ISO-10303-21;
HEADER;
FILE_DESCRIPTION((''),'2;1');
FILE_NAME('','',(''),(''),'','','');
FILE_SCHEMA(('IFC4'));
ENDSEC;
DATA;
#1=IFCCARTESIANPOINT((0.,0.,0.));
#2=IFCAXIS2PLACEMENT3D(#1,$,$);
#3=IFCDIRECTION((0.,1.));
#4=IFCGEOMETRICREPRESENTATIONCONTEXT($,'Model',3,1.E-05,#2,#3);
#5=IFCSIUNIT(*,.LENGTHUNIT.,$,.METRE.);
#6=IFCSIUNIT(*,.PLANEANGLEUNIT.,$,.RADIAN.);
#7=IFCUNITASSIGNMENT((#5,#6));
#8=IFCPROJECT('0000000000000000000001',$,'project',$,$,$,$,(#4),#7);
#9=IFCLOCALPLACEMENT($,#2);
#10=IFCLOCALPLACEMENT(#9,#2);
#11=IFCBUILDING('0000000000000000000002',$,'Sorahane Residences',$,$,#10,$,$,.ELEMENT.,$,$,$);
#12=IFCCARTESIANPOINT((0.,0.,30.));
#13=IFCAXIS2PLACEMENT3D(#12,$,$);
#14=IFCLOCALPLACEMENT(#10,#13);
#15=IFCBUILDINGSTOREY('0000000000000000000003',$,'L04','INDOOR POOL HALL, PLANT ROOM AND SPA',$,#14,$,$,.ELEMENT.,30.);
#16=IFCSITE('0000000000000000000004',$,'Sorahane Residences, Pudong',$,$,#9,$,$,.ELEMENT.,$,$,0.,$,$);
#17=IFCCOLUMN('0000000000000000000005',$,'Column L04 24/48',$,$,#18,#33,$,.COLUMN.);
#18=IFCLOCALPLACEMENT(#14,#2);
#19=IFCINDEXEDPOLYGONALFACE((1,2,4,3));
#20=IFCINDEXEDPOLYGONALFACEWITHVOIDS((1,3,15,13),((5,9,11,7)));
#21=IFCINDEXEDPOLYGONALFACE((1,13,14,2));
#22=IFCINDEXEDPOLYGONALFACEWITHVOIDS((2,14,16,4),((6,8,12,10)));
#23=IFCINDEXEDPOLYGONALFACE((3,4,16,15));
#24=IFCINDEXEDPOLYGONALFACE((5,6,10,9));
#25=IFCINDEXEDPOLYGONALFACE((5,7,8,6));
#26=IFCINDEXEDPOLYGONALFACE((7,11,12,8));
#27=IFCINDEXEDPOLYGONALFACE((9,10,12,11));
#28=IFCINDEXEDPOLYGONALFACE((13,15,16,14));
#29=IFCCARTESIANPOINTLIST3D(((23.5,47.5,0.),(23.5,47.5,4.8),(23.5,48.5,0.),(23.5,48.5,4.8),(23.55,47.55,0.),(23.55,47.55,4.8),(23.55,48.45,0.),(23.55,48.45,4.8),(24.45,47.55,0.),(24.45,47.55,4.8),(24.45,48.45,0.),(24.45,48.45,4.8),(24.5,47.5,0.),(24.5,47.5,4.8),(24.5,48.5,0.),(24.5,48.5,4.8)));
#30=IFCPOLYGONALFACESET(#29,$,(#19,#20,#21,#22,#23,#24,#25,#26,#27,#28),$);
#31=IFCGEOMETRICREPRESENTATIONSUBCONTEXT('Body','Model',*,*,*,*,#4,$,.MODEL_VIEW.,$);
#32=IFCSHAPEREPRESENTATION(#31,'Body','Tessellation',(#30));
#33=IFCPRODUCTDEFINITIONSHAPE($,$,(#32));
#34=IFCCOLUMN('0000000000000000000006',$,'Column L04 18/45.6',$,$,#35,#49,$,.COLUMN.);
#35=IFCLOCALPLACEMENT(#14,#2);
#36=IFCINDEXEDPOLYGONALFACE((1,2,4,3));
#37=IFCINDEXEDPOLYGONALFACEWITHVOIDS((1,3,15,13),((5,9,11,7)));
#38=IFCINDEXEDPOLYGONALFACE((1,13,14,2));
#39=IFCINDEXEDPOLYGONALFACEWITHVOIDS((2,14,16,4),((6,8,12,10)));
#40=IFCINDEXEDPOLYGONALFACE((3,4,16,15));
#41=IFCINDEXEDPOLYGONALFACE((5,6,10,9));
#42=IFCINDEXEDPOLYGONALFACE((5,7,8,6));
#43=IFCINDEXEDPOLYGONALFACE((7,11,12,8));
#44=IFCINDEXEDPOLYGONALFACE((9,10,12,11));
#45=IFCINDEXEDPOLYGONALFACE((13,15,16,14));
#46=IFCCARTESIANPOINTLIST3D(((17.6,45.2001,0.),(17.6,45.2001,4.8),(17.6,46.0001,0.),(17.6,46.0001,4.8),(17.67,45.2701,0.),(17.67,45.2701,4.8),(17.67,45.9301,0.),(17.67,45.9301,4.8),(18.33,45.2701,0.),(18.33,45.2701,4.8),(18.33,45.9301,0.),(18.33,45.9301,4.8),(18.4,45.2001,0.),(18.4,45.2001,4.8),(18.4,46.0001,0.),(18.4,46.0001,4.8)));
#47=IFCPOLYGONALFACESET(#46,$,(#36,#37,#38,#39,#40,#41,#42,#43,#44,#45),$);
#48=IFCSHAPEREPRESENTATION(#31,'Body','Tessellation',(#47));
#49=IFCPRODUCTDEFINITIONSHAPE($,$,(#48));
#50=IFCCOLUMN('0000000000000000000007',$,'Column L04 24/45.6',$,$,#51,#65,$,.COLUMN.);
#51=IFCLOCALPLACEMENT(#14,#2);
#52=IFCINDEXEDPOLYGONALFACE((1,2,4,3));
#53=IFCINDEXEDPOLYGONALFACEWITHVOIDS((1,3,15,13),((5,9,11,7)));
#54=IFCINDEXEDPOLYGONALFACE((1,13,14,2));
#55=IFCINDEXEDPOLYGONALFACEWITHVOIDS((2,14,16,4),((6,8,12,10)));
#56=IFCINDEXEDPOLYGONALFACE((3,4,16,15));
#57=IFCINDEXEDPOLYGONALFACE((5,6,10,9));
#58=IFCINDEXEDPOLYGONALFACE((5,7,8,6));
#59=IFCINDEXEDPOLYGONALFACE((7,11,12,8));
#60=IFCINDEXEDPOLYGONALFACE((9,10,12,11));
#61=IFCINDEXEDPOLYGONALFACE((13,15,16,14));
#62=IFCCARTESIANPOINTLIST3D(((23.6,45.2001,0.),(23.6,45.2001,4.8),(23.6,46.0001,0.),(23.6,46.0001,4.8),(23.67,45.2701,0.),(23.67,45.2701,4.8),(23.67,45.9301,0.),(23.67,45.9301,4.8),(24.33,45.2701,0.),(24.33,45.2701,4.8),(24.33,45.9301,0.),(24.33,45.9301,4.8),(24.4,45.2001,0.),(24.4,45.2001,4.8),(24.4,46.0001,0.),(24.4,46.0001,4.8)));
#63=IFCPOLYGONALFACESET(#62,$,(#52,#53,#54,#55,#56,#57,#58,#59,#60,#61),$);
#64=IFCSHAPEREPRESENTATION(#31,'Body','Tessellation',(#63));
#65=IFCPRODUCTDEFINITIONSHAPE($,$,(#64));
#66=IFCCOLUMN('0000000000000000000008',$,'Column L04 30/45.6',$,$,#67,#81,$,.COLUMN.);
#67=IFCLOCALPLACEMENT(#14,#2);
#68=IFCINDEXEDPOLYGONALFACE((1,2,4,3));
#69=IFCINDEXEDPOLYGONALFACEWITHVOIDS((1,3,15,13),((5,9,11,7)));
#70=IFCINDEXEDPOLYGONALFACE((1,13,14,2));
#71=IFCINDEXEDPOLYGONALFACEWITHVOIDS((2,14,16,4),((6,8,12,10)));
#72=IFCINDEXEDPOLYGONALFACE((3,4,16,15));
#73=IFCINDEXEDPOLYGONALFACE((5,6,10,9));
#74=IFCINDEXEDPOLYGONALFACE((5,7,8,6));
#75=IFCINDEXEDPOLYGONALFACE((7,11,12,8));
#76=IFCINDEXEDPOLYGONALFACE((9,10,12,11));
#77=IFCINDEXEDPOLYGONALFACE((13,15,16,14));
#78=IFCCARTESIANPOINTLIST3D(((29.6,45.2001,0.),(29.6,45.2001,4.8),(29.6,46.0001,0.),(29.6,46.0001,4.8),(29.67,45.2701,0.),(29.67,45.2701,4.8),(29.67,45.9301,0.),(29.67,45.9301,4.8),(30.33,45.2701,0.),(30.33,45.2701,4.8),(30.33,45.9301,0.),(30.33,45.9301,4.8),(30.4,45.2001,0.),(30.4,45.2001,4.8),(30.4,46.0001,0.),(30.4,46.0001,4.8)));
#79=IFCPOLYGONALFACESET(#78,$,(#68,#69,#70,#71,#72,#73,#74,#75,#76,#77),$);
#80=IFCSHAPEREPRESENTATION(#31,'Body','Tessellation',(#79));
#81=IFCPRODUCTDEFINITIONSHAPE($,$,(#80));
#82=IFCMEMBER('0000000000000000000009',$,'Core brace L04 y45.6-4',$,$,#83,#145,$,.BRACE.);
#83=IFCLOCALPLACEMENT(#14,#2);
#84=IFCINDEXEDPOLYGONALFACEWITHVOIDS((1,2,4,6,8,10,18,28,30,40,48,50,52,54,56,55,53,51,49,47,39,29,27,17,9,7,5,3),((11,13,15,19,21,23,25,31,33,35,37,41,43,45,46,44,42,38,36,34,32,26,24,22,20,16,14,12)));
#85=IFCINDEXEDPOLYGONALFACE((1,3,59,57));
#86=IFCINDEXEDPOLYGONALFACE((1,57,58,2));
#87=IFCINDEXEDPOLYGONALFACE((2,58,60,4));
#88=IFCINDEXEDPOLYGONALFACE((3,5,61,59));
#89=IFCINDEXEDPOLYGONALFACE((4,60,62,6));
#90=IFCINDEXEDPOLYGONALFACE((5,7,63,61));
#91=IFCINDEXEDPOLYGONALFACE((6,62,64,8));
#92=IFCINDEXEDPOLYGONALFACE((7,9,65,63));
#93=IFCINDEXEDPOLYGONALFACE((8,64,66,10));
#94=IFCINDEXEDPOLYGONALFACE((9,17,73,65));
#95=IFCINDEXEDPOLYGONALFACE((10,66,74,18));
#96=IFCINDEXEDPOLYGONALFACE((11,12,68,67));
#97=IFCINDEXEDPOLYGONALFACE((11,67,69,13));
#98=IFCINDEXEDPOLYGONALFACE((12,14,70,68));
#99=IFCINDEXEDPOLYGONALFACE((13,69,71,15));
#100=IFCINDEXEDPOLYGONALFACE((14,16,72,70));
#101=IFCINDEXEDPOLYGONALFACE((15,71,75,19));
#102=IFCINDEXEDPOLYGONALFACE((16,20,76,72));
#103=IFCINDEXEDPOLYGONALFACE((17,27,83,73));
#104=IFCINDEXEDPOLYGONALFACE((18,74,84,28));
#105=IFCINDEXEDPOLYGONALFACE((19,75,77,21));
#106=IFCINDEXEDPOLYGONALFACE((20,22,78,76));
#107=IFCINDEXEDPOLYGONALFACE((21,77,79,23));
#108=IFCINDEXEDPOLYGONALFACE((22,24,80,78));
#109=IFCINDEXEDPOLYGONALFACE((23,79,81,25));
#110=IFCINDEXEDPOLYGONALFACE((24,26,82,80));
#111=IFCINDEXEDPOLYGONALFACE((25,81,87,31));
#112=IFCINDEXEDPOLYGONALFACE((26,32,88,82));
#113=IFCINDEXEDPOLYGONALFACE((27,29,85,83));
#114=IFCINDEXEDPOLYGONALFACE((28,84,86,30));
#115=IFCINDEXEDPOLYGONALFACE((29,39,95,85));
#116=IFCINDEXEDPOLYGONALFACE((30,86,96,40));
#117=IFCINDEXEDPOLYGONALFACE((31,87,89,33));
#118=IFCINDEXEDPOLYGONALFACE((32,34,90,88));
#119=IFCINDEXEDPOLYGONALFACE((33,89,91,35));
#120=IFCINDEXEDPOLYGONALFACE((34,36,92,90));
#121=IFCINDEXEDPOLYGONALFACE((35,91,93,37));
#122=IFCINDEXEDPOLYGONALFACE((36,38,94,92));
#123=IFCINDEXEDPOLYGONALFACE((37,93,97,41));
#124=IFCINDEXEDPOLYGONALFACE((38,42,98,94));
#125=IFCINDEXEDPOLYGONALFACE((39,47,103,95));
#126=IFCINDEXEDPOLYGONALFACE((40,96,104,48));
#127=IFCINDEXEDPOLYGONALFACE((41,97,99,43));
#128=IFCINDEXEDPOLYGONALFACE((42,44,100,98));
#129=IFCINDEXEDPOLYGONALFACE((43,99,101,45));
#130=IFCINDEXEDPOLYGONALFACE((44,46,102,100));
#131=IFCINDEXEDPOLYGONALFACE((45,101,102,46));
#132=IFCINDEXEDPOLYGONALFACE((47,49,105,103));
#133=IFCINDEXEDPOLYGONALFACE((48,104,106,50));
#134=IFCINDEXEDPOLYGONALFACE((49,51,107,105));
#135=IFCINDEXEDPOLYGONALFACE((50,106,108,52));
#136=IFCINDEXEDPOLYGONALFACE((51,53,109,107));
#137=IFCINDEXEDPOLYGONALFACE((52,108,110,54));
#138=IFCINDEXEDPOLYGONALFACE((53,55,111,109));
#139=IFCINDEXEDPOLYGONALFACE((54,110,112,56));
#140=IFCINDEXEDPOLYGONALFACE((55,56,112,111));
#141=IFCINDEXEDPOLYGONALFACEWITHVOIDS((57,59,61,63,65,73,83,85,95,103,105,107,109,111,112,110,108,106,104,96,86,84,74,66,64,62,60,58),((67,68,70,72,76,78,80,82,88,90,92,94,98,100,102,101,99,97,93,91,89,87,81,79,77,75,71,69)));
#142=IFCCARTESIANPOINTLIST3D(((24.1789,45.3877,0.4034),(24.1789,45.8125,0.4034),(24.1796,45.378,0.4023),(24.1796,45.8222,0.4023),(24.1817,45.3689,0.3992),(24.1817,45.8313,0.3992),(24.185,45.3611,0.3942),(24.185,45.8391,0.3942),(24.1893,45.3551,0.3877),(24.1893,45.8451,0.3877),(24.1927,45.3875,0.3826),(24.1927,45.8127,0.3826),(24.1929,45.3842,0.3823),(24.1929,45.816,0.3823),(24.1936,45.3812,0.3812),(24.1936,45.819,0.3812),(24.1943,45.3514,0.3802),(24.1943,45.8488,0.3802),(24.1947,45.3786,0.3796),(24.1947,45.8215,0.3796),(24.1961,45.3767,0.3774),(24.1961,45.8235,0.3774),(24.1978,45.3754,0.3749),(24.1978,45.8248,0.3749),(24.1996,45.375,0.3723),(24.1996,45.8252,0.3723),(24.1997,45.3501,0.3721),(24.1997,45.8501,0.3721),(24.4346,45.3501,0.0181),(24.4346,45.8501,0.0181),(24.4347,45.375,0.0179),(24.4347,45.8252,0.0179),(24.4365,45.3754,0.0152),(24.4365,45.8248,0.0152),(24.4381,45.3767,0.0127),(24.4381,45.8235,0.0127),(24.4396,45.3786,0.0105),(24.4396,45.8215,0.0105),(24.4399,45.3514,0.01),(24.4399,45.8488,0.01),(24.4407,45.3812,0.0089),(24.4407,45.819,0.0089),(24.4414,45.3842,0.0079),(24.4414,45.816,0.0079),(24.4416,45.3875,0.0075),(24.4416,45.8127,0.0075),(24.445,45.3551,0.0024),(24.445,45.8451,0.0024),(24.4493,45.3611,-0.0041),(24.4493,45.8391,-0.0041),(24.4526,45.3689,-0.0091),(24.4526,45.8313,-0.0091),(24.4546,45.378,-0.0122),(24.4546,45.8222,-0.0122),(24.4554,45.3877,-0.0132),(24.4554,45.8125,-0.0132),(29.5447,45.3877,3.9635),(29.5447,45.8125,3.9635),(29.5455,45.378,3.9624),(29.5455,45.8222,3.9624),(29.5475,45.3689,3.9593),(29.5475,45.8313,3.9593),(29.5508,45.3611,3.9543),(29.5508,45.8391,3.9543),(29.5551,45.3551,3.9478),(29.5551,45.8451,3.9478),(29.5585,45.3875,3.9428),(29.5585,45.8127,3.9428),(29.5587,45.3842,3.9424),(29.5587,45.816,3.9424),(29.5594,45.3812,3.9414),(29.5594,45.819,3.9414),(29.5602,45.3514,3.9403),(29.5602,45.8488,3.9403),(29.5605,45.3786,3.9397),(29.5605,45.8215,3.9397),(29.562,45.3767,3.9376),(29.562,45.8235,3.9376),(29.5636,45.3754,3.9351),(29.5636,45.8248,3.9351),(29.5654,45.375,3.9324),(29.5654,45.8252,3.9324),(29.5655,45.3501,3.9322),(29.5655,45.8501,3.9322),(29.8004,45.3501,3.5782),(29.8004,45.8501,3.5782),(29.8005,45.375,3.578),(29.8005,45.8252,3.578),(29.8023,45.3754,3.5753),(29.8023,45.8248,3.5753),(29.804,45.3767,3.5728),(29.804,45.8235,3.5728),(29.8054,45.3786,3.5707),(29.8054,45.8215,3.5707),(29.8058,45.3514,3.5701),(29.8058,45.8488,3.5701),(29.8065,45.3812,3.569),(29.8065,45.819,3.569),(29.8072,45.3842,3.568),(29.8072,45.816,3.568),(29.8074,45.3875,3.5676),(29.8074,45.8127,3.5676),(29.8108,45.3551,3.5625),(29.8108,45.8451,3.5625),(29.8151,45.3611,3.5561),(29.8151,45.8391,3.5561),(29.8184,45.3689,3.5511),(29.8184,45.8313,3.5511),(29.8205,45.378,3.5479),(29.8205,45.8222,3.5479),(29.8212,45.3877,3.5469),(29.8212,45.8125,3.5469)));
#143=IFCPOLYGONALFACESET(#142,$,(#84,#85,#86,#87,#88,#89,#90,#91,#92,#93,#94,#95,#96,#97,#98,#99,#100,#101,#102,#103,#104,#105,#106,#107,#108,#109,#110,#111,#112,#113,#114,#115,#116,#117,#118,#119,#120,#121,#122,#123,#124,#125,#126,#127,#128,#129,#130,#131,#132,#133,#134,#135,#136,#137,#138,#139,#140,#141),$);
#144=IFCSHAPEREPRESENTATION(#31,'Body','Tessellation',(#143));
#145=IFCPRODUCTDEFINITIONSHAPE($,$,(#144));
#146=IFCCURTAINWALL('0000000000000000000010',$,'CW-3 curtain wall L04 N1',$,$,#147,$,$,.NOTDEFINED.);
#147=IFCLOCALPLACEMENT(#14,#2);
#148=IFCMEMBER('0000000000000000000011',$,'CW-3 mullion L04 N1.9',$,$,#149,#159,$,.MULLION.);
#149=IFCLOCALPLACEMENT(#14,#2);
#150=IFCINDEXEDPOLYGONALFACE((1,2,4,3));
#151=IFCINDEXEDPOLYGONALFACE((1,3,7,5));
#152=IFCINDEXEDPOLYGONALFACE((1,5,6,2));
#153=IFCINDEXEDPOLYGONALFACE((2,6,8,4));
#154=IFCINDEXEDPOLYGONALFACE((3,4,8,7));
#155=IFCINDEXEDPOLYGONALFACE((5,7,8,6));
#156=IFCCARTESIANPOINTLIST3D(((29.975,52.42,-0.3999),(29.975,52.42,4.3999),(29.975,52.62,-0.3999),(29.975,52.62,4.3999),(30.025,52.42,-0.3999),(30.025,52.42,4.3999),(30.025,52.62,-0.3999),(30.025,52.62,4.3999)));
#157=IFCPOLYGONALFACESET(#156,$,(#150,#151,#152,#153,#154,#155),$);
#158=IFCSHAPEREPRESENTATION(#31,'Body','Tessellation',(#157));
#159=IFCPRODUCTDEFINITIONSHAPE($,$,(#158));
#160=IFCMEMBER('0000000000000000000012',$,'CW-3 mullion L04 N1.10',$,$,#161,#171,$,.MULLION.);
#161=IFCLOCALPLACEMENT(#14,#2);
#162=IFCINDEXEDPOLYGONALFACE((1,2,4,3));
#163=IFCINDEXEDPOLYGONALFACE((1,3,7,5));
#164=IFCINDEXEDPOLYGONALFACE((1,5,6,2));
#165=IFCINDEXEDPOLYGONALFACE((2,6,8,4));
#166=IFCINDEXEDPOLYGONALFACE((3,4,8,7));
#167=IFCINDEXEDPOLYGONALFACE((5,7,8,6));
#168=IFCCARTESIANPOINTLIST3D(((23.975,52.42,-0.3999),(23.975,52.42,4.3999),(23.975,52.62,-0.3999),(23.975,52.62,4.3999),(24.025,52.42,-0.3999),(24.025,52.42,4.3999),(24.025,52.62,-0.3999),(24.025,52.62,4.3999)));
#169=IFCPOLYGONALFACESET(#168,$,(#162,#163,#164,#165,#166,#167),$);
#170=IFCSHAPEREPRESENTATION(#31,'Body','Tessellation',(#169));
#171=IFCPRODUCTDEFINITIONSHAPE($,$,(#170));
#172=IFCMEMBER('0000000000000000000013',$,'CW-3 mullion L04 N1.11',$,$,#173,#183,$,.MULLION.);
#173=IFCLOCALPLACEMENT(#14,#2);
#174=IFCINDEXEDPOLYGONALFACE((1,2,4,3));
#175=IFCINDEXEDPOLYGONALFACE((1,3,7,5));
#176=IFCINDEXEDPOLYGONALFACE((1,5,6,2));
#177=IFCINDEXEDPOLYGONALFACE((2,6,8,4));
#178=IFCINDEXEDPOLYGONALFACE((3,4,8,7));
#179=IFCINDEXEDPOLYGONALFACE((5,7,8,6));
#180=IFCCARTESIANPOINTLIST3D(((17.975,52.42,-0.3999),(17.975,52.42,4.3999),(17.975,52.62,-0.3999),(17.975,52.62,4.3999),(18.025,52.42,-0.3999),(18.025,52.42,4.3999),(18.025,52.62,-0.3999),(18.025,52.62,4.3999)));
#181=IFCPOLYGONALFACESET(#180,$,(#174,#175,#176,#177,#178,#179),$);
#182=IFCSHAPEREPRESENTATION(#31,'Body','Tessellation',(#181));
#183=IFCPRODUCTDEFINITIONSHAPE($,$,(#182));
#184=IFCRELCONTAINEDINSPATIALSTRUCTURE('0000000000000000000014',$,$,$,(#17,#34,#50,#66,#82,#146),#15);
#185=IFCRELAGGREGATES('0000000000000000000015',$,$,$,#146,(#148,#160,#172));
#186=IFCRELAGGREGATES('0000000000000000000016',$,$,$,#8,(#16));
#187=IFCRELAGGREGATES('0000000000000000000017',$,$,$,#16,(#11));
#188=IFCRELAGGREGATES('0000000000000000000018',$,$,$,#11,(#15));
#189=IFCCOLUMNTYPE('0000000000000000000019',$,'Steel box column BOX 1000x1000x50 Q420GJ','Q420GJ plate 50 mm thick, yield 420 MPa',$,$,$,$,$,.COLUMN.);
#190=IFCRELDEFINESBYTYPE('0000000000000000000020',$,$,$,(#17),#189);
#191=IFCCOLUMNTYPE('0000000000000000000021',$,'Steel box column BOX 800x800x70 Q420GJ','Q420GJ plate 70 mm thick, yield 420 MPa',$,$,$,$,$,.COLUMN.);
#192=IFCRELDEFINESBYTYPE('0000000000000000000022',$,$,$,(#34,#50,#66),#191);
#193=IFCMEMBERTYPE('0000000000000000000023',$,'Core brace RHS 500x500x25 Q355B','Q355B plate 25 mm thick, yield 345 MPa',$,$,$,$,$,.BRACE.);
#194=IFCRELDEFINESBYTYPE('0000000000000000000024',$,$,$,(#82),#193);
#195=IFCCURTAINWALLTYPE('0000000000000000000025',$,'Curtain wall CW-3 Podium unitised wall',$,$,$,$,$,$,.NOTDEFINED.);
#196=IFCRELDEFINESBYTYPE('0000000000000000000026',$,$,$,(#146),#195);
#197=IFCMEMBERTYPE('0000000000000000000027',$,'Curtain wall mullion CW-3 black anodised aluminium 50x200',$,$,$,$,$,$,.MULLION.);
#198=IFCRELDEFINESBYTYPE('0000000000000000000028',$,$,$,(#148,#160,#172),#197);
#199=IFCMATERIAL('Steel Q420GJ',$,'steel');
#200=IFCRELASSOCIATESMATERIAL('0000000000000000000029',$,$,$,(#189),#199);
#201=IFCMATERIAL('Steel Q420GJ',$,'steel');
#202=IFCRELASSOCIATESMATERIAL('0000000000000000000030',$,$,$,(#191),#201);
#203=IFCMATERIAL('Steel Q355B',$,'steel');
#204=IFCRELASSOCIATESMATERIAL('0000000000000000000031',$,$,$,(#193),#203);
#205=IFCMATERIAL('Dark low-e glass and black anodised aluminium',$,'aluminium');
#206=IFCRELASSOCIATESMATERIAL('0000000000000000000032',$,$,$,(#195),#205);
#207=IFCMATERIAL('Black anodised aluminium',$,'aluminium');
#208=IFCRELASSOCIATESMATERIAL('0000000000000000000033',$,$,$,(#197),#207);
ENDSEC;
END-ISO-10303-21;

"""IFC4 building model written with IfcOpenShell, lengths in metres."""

from ifc_helpers import new_model, si_unit, direction, frame, origin, origin_2d, place, context, subcontext, project, spatial, rectangle, hollow_rectangle, extrude, material, material_profile, profile_set, type_object, element, aggregate, save


model = new_model("IFC4")

# Units and contexts
model_context = context("Model", 3, precision=1e-05, world=origin(), true_north=direction((0.0, 1.0)))
body_context = subcontext(model_context, "Body", "Model", "MODEL_VIEW")
ifc_project = project(units=[si_unit("LENGTHUNIT", "METRE"), si_unit("PLANEANGLEUNIT", "RADIAN")], contexts=[model_context])

# Site, building, storey
site_placement = place(None, origin())
site = spatial("IfcSite", under=ifc_project, at=site_placement, Name="Sorahane Residences, Pudong", CompositionType="ELEMENT", RefElevation=0.0)
building_placement = place(site_placement, origin())
building = spatial("IfcBuilding", under=site, at=building_placement, Name="Sorahane Residences", CompositionType="ELEMENT")
storey_placement = place(building_placement, frame((0.0, 0.0, 30.0)))
storey = spatial("IfcBuildingStorey", under=building, at=storey_placement, Name="L04", Description="INDOOR POOL HALL, PLANT ROOM AND SPA", CompositionType="ELEMENT", Elevation=30.0)

# Columns
ifc_material_1 = material(Name="Steel Q420GJ", Category="steel")
ifc_material_profile_1 = material_profile(ifc_material_1, hollow_rectangle(XDim=1.0, YDim=1.0, WallThickness=0.05, at=origin_2d()), Name="BOX 1000x1000x50")
ifc_profile_set_1 = profile_set([ifc_material_profile_1], Name="Steel Q420GJ")
column_type_1 = type_object("IfcColumnType", Name="Steel box column BOX 1000x1000x50 Q420GJ", Description="Q420GJ plate 50 mm thick, yield 420 MPa", PredefinedType="COLUMN", material=ifc_profile_set_1)
column_placement = place(storey_placement, frame((24.0, 48.0, 0.0), z_axis=(0.0, 0.0, 1.0), x_axis=(1.0, 0.0, 0.0)))
element("IfcColumn", 1, at=column_placement, inside=storey, type_object=column_type_1, Name="Column L04 24/48", PredefinedType="COLUMN", context=body_context, shape_type="SweptSolid", body=[
    extrude(hollow_rectangle(XDim=1.0, YDim=1.0, WallThickness=0.05, at=origin_2d()), origin(), (0.0, 0.0, 1.0), 4.8),
])
ifc_material_2 = material(Name="Steel Q420GJ", Category="steel")
ifc_material_profile_2 = material_profile(ifc_material_2, hollow_rectangle(XDim=0.8, YDim=0.8, WallThickness=0.0701, at=origin_2d()), Name="BOX 800x800x70")
ifc_profile_set_2 = profile_set([ifc_material_profile_2], Name="Steel Q420GJ")
column_type_2 = type_object("IfcColumnType", Name="Steel box column BOX 800x800x70 Q420GJ", Description="Q420GJ plate 70 mm thick, yield 420 MPa", PredefinedType="COLUMN", material=ifc_profile_set_2)
for number, where, z_axis, x_axis, name in (
    (2, (18.0, 45.6001, 0.0), (0.0, 0.0, 1.0), (1.0, 0.0, 0.0), "Column L04 18/45.6"),
    (3, (24.0, 45.6001, 0.0), (0.0, 0.0, 1.0), (1.0, 0.0, 0.0), "Column L04 24/45.6"),
    (4, (30.0, 45.6001, 0.0), (0.0, 0.0, 1.0), (1.0, 0.0, 0.0), "Column L04 30/45.6"),
):
    element("IfcColumn", number, at=place(storey_placement, frame(where, z_axis=z_axis, x_axis=x_axis)), inside=storey, type_object=column_type_2, Name=name, PredefinedType="COLUMN", context=body_context, shape_type="SweptSolid", body=[
        extrude(hollow_rectangle(XDim=0.8, YDim=0.8, WallThickness=0.0701, at=origin_2d()), origin(), (0.0, 0.0, 1.0), 4.8),
    ])

# Member
ifc_material_3 = material(Name="Steel Q355B", Category="steel")
ifc_material_profile_3 = material_profile(ifc_material_3, hollow_rectangle(XDim=0.5, YDim=0.5, WallThickness=0.0249, InnerFilletRadius=0.0125, OuterFilletRadius=0.0376, at=origin_2d()), Name="RHS 500x500x25")
ifc_profile_set_3 = profile_set([ifc_material_profile_3], Name="Steel Q355B")
member_type_1 = type_object("IfcMemberType", Name="Core brace RHS 500x500x25 Q355B", Description="Q355B plate 25 mm thick, yield 345 MPa", PredefinedType="BRACE", material=ifc_profile_set_3)
member_1_placement = place(storey_placement, frame((24.3171, 45.6001, 0.1951), z_axis=(0.833273, 0.0, 0.552861), x_axis=(0.0, 1.0, 0.0)))
element("IfcMember", 5, at=member_1_placement, inside=storey, type_object=member_type_1, Name="Core brace L04 y45.6-4", PredefinedType="BRACE", context=body_context, shape_type="SweptSolid", body=[
    extrude(hollow_rectangle(XDim=0.5, YDim=0.5, WallThickness=0.0249, InnerFilletRadius=0.0125, OuterFilletRadius=0.0376, at=origin_2d()), origin(), (0.0, 0.0, 1.0), 6.4395),
])

# Curtain wall, members
ifc_material_4 = material(Name="Dark low-e glass and black anodised aluminium", Category="aluminium")
curtain_wall_type = type_object("IfcCurtainWallType", Name="Curtain wall CW-3 Podium unitised wall", PredefinedType="NOTDEFINED", material=ifc_material_4)
curtain_wall_placement = place(storey_placement, origin())
curtain_wall = element("IfcCurtainWall", 6, at=curtain_wall_placement, inside=storey, type_object=curtain_wall_type, Name="CW-3 curtain wall L04 N1", PredefinedType="NOTDEFINED")
ifc_material_5 = material(Name="Black anodised aluminium", Category="aluminium")
ifc_material_profile_4 = material_profile(ifc_material_5, rectangle(XDim=0.2, YDim=0.05, at=origin_2d()), Name="Curtain wall mullion CW-3 black anodised aluminium 50x200")
ifc_profile_set_4 = profile_set([ifc_material_profile_4], Name="Black anodised aluminium")
member_type_2 = type_object("IfcMemberType", Name="Curtain wall mullion CW-3 black anodised aluminium 50x200", PredefinedType="MULLION", material=ifc_profile_set_4)
member_2_placement = place(storey_placement, frame((30.0, 52.52, -0.3999), z_axis=(0.0, 0.0, 1.0), x_axis=(0.0, 1.0, 0.0)))
member_2 = element("IfcMember", 7, at=member_2_placement, type_object=member_type_2, Name="CW-3 mullion L04 N1.9", PredefinedType="MULLION", context=body_context, shape_type="SweptSolid", body=[
    extrude(rectangle(XDim=0.2, YDim=0.05, at=origin_2d()), origin(), (0.0, 0.0, 1.0), 4.7998),
])
member_3_placement = place(storey_placement, frame((24.0, 52.52, -0.3999), z_axis=(0.0, 0.0, 1.0), x_axis=(0.0, 1.0, 0.0)))
member_3 = element("IfcMember", 8, at=member_3_placement, type_object=member_type_2, Name="CW-3 mullion L04 N1.10", PredefinedType="MULLION", context=body_context, shape_type="SweptSolid", body=[
    extrude(rectangle(XDim=0.2, YDim=0.05, at=origin_2d()), origin(), (0.0, 0.0, 1.0), 4.7998),
])
member_4_placement = place(storey_placement, frame((18.0, 52.52, -0.3999), z_axis=(0.0, 0.0, 1.0), x_axis=(0.0, 1.0, 0.0)))
member_4 = element("IfcMember", 9, at=member_4_placement, type_object=member_type_2, Name="CW-3 mullion L04 N1.11", PredefinedType="MULLION", context=body_context, shape_type="SweptSolid", body=[
    extrude(rectangle(XDim=0.2, YDim=0.05, at=origin_2d()), origin(), (0.0, 0.0, 1.0), 4.7998),
])

aggregate(curtain_wall, [member_2, member_3, member_4])

save(model, "model.ifc")
